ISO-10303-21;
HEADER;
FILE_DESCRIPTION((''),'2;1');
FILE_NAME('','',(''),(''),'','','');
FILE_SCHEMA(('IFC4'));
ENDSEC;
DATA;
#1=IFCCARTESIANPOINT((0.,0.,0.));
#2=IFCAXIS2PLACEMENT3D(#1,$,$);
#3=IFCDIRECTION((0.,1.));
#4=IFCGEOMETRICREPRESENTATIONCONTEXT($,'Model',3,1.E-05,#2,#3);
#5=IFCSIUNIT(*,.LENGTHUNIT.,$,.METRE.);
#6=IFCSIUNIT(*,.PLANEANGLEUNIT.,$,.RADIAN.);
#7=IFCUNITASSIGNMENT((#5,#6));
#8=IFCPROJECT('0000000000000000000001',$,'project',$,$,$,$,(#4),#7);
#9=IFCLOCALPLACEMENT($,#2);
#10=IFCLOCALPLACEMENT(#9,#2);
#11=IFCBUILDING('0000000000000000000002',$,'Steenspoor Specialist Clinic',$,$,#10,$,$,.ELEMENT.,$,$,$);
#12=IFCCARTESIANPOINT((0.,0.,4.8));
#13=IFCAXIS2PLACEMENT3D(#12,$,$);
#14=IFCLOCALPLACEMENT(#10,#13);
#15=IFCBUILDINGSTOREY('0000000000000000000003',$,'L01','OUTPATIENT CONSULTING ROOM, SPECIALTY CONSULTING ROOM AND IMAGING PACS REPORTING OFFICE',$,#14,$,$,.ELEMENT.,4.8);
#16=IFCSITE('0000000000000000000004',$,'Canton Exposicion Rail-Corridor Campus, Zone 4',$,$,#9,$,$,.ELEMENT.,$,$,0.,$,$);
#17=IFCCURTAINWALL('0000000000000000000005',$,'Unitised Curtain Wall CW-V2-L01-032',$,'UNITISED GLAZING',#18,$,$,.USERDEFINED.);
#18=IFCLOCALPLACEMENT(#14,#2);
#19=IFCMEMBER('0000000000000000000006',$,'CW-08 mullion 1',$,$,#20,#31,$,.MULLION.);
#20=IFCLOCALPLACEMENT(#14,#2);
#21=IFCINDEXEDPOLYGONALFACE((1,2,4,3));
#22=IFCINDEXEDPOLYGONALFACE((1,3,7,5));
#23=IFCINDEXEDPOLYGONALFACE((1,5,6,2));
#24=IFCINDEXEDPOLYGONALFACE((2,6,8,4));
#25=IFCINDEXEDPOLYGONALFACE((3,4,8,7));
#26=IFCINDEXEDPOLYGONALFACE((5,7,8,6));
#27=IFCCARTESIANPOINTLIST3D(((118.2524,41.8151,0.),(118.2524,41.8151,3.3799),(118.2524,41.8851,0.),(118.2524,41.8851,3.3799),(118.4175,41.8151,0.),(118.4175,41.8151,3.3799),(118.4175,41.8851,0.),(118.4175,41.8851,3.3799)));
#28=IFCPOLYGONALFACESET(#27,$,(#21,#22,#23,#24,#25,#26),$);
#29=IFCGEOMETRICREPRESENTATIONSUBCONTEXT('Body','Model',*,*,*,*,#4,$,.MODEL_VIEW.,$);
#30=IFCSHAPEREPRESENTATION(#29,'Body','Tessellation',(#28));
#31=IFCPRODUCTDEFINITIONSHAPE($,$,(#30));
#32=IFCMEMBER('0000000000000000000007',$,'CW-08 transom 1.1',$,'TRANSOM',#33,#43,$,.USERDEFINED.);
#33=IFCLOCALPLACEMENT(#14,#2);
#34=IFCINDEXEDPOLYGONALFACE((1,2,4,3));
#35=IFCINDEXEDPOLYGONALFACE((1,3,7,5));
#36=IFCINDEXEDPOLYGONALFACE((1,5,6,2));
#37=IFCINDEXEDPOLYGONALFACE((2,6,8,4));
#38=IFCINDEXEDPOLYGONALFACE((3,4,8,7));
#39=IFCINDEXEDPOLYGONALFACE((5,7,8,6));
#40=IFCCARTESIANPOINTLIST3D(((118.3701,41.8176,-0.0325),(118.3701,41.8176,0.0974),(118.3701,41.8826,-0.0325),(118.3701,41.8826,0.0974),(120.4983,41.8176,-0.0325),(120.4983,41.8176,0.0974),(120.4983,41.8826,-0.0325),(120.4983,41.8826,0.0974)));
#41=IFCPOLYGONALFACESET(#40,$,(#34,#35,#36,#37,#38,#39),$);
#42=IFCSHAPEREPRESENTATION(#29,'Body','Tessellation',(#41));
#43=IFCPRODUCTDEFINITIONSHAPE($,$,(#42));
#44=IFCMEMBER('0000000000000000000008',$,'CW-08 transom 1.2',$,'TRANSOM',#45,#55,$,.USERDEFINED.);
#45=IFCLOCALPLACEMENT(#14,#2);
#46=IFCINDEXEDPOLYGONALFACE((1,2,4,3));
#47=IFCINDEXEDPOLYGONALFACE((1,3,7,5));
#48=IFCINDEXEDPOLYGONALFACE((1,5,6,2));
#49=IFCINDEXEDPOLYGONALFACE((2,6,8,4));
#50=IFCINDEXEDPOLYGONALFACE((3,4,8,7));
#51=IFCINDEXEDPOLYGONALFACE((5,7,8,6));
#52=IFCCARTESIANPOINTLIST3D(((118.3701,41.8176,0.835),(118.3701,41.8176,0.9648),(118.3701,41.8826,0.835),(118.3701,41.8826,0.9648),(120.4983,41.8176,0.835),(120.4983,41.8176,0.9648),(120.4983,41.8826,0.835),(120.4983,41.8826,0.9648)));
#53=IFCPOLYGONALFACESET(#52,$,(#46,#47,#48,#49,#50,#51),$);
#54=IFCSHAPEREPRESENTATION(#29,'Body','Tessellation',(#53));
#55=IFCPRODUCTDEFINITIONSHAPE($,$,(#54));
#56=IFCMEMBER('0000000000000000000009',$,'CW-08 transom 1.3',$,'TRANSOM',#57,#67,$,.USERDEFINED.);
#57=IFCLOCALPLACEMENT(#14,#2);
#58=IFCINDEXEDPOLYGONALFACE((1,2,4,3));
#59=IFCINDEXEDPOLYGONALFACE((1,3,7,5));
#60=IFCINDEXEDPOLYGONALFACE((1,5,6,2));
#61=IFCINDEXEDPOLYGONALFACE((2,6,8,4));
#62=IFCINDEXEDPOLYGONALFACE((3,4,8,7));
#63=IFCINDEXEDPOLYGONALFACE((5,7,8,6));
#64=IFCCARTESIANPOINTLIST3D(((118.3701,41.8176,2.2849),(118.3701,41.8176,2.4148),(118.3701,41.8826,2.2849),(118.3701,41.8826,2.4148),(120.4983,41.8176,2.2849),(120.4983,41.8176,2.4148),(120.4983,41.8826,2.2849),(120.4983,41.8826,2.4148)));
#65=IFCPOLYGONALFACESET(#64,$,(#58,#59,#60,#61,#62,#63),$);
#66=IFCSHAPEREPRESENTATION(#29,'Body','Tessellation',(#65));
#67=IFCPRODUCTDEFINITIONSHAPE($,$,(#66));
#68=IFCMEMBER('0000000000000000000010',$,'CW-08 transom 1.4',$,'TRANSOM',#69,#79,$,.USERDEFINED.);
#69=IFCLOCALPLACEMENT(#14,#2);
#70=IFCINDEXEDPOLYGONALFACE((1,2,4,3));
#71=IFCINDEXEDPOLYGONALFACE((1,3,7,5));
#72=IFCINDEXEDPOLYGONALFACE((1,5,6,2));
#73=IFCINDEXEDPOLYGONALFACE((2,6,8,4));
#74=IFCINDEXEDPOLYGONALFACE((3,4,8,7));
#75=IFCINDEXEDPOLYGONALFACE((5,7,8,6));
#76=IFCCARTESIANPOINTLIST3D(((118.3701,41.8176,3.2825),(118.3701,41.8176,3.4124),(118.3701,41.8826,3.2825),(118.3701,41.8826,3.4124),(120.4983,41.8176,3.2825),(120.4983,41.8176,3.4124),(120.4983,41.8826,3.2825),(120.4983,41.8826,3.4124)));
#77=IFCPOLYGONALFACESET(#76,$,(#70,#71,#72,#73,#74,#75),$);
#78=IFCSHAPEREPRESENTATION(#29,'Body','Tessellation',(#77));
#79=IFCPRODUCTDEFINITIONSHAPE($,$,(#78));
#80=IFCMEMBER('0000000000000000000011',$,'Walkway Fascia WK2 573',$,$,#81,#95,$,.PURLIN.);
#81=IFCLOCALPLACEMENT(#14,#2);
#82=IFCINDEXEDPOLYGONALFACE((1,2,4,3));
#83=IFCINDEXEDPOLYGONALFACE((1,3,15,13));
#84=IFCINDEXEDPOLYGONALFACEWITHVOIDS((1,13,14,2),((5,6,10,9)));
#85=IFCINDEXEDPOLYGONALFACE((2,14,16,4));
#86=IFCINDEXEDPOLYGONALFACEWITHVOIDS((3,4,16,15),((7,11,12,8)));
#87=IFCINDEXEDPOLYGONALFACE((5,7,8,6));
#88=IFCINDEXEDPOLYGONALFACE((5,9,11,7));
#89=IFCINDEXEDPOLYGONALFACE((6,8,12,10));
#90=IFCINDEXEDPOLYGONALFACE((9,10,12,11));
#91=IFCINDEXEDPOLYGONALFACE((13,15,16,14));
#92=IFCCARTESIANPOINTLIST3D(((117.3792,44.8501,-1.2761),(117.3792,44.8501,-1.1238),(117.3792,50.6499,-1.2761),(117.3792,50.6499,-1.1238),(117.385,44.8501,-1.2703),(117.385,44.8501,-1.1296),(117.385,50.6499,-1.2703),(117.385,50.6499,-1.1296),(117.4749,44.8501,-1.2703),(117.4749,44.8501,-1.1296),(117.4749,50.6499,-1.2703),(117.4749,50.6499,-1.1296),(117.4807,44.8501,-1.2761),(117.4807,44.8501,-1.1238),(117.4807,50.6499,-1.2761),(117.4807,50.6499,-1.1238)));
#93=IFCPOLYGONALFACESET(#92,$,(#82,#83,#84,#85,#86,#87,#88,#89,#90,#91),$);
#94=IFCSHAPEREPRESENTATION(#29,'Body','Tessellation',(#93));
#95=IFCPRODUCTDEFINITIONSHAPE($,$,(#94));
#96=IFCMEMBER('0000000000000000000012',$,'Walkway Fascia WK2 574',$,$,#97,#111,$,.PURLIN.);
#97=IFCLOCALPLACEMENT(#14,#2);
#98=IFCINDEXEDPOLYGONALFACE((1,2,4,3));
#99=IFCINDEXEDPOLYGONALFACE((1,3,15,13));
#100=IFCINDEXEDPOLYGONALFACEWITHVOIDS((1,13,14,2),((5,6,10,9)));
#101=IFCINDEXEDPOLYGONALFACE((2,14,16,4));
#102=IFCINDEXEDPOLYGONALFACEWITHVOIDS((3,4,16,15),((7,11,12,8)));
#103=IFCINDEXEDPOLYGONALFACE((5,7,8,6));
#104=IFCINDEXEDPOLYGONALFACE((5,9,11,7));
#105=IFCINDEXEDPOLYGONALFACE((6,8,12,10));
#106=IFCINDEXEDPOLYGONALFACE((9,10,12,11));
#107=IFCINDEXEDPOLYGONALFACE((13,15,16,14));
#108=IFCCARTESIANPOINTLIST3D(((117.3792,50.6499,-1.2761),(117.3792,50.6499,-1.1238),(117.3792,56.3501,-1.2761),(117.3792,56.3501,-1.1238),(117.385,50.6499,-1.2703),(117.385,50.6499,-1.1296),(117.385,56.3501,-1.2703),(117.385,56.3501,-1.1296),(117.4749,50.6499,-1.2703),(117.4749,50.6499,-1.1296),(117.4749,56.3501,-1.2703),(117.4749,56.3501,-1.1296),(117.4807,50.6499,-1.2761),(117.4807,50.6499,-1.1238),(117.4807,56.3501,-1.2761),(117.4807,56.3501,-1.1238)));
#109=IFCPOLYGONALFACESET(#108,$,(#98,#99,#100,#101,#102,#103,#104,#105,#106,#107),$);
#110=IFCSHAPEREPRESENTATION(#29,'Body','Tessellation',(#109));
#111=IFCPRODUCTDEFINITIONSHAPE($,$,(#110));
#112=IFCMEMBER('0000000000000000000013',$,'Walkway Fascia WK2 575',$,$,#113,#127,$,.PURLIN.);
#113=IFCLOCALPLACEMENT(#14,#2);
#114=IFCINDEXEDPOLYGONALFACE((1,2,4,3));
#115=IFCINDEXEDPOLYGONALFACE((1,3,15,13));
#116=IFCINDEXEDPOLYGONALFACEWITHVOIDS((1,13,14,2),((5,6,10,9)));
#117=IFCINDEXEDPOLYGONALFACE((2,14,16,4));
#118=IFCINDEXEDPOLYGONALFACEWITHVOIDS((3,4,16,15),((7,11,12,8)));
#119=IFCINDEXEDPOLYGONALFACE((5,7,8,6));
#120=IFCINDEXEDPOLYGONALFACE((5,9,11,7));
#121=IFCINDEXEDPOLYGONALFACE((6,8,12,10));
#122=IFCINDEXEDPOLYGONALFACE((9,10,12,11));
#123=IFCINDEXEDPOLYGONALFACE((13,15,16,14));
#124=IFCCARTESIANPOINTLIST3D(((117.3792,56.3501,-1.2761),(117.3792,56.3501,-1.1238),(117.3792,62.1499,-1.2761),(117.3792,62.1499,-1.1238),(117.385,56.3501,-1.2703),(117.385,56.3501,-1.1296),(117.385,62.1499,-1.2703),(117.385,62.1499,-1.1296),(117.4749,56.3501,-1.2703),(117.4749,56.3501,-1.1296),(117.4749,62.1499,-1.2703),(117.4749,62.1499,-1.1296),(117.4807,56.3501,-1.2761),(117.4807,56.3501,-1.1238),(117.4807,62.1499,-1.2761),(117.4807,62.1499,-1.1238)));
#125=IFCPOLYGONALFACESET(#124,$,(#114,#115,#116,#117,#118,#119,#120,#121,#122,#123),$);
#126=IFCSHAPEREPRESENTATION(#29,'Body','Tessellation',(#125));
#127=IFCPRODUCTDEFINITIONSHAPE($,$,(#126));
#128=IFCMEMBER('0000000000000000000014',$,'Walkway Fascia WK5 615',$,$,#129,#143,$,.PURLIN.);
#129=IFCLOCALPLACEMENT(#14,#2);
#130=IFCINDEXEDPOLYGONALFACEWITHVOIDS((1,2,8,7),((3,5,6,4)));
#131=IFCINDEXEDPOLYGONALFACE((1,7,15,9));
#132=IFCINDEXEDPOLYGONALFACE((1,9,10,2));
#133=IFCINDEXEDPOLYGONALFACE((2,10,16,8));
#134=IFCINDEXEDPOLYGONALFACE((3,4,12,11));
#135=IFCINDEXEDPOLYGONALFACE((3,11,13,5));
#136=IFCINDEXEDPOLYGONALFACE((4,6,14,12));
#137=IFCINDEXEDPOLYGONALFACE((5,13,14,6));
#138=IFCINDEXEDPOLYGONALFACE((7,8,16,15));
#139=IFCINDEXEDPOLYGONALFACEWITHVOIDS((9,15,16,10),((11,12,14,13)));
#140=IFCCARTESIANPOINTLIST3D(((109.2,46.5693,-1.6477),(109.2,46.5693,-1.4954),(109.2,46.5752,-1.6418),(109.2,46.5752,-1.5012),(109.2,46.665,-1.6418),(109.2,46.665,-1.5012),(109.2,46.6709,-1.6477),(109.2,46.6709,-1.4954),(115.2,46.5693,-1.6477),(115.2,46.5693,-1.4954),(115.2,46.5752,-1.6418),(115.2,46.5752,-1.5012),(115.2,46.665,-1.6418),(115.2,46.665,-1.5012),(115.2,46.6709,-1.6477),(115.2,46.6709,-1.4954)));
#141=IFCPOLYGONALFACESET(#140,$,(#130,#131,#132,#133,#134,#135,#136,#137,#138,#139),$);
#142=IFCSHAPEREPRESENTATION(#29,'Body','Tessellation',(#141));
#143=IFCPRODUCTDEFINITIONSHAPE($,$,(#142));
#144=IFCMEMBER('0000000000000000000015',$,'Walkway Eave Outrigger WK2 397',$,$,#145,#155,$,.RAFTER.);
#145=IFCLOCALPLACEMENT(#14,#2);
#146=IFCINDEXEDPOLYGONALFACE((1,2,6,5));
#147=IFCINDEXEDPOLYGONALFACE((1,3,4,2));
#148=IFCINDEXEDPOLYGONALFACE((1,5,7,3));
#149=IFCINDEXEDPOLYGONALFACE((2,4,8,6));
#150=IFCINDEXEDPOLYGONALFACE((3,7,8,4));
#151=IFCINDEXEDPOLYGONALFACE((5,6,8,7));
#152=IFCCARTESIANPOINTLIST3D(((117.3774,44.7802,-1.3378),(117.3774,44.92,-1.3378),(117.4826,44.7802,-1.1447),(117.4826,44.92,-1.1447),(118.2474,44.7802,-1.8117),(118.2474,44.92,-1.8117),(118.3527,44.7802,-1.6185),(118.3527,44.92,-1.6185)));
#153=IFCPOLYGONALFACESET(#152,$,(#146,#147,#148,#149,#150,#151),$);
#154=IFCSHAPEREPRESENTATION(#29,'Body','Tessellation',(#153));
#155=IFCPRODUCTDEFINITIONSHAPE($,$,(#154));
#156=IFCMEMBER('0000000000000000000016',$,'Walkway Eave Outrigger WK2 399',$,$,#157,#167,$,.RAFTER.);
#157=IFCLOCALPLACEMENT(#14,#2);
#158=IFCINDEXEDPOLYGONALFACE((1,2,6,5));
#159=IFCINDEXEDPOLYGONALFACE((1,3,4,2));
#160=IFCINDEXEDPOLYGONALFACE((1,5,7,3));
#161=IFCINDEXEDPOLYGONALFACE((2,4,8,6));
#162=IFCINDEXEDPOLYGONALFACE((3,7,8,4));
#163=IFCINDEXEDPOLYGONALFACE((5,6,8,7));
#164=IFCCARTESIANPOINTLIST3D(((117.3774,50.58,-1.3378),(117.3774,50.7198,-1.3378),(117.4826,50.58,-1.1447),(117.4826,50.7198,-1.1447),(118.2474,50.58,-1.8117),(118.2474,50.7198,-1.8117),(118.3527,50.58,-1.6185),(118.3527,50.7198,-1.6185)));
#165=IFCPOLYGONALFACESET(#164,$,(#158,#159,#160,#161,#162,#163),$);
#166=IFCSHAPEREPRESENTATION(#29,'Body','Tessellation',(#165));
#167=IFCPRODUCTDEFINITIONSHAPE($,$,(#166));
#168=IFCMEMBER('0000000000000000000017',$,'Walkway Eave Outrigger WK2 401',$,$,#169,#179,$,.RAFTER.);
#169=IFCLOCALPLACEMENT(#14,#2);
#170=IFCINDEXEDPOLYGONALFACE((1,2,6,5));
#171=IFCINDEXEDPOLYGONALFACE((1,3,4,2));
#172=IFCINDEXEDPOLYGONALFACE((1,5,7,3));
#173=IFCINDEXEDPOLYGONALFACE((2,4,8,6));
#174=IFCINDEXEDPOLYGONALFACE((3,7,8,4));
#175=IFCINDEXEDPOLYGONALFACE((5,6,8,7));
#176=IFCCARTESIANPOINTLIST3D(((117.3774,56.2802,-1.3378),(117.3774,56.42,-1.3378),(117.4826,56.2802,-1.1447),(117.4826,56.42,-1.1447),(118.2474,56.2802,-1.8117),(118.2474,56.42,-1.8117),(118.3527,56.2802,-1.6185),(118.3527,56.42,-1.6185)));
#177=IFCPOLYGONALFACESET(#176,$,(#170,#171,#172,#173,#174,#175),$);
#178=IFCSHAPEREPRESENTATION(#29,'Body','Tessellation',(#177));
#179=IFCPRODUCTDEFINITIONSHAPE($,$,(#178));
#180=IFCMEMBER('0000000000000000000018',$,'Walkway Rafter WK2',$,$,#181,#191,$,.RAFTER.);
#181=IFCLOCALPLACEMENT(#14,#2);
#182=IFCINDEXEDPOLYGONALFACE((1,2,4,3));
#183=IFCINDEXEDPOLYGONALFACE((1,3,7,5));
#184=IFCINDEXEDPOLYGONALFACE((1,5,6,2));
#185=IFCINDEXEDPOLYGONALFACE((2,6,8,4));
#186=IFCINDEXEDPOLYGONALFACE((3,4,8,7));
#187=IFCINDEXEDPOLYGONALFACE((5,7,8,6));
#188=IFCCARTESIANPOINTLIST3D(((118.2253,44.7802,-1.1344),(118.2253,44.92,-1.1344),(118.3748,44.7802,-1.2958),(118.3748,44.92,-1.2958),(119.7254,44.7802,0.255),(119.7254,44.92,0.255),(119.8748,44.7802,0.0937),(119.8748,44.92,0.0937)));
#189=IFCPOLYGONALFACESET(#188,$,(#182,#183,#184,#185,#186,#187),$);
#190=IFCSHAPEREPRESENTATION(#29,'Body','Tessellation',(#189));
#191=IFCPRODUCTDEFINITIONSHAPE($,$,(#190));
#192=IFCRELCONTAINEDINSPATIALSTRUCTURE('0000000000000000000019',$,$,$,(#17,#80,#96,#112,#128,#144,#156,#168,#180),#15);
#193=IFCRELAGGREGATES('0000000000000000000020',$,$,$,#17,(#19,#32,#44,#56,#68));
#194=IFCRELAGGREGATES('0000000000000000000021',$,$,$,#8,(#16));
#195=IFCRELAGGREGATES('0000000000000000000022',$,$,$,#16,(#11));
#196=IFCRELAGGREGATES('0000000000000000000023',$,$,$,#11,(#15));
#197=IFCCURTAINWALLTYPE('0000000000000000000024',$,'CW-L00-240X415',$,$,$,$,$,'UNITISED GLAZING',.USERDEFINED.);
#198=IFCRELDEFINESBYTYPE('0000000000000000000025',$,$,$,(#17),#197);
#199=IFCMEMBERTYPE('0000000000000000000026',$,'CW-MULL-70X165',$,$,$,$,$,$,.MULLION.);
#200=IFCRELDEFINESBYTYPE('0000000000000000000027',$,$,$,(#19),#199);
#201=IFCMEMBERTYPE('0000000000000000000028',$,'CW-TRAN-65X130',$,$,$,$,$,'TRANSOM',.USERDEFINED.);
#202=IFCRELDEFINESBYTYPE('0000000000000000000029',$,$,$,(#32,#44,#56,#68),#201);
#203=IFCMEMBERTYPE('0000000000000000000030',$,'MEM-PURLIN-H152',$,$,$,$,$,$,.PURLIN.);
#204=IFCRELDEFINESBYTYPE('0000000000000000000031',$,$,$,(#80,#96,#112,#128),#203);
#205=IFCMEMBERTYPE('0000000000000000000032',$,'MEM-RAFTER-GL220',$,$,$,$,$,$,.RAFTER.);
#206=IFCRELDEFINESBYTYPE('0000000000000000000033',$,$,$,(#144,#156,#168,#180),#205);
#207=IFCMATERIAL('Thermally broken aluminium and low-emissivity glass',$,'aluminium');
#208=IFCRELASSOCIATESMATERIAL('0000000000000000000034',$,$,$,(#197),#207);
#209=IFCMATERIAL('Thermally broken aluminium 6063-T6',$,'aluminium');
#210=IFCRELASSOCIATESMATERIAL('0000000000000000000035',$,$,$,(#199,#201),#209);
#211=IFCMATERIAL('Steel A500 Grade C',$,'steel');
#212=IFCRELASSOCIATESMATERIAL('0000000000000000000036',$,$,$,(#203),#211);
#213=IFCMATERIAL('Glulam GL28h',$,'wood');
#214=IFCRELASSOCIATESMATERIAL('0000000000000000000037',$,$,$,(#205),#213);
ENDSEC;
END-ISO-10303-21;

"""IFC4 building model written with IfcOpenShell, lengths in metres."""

from ifc_helpers import new_model, si_unit, direction, frame, origin, origin_2d, place, context, subcontext, project, spatial, rectangle, hollow_rectangle, extrude, material, material_profile, profile_set, type_object, element, aggregate, save


model = new_model("IFC4")

# Units and contexts
model_context = context("Model", 3, precision=1e-05, world=origin(), true_north=direction((0.0, 1.0)))
body_context = subcontext(model_context, "Body", "Model", "MODEL_VIEW")
ifc_project = project(units=[si_unit("LENGTHUNIT", "METRE"), si_unit("PLANEANGLEUNIT", "RADIAN")], contexts=[model_context])

# Site, building, storey
site_placement = place(None, origin())
site = spatial("IfcSite", under=ifc_project, at=site_placement, Name="Canton Exposicion Rail-Corridor Campus, Zone 4", CompositionType="ELEMENT", RefElevation=0.0)
building_placement = place(site_placement, origin())
building = spatial("IfcBuilding", under=site, at=building_placement, Name="Steenspoor Specialist Clinic", CompositionType="ELEMENT")
storey_placement = place(building_placement, frame((0.0, 0.0, 4.8)))
storey = spatial("IfcBuildingStorey", under=building, at=storey_placement, Name="L01", Description="OUTPATIENT CONSULTING ROOM, SPECIALTY CONSULTING ROOM AND IMAGING PACS REPORTING OFFICE", CompositionType="ELEMENT", Elevation=4.8)

# Curtain wall, members
ifc_material_1 = material(Name="Thermally broken aluminium and low-emissivity glass", Category="aluminium")
curtain_wall_type = type_object("IfcCurtainWallType", Name="CW-L00-240X415", ElementType="UNITISED GLAZING", PredefinedType="USERDEFINED", material=ifc_material_1)
curtain_wall_placement = place(storey_placement, origin())
curtain_wall = element("IfcCurtainWall", 1, at=curtain_wall_placement, inside=storey, type_object=curtain_wall_type, Name="Unitised Curtain Wall CW-V2-L01-032", ObjectType="UNITISED GLAZING", PredefinedType="USERDEFINED")
ifc_material_2 = material(Name="Thermally broken aluminium 6063-T6", Category="aluminium")
ifc_material_profile_1 = material_profile(ifc_material_2, rectangle(XDim=0.0701, YDim=0.165, at=origin_2d()), Name="CWM-70X165")
ifc_profile_set_1 = profile_set([ifc_material_profile_1], Name="Thermally broken aluminium 6063-T6")
member_type_1 = type_object("IfcMemberType", Name="CW-MULL-70X165", PredefinedType="MULLION", material=ifc_profile_set_1)
member_1_placement = place(storey_placement, frame((118.335, 41.8501, 0.0), z_axis=(0.0, 0.0, 1.0), x_axis=(0.0, 1.0, 0.0)))
member_1 = element("IfcMember", 2, at=member_1_placement, type_object=member_type_1, Name="CW-08 mullion 1", PredefinedType="MULLION", context=body_context, shape_type="SweptSolid", body=[
    extrude(rectangle(XDim=0.0701, YDim=0.165, at=origin_2d()), origin(), (0.0, 0.0, 1.0), 3.3799),
])
ifc_material_profile_2 = material_profile(ifc_material_2, rectangle(XDim=0.0649, YDim=0.1299, at=origin_2d()), Name="CWT-65X130")
ifc_profile_set_2 = profile_set([ifc_material_profile_2], Name="Thermally broken aluminium 6063-T6")
member_type_2 = type_object("IfcMemberType", Name="CW-TRAN-65X130", ElementType="TRANSOM", PredefinedType="USERDEFINED", material=ifc_profile_set_2)
member_2_placement = place(storey_placement, frame((118.3701, 41.8501, 0.0325), z_axis=(1.0, 0.0, 0.0), x_axis=(0.0, 1.0, 0.0)))
member_2 = element("IfcMember", 3, at=member_2_placement, type_object=member_type_2, Name="CW-08 transom 1.1", ObjectType="TRANSOM", PredefinedType="USERDEFINED", context=body_context, shape_type="SweptSolid", body=[
    extrude(rectangle(XDim=0.0649, YDim=0.1299, at=origin_2d()), origin(), (0.0, 0.0, 1.0), 2.1282),
])
member_3_placement = place(storey_placement, frame((118.3701, 41.8501, 0.8999), z_axis=(1.0, 0.0, 0.0), x_axis=(0.0, 1.0, 0.0)))
member_3 = element("IfcMember", 4, at=member_3_placement, type_object=member_type_2, Name="CW-08 transom 1.2", ObjectType="TRANSOM", PredefinedType="USERDEFINED", context=body_context, shape_type="SweptSolid", body=[
    extrude(rectangle(XDim=0.0649, YDim=0.1299, at=origin_2d()), origin(), (0.0, 0.0, 1.0), 2.1282),
])
member_4_placement = place(storey_placement, frame((118.3701, 41.8501, 2.3499), z_axis=(1.0, 0.0, 0.0), x_axis=(0.0, 1.0, 0.0)))
member_4 = element("IfcMember", 5, at=member_4_placement, type_object=member_type_2, Name="CW-08 transom 1.3", ObjectType="TRANSOM", PredefinedType="USERDEFINED", context=body_context, shape_type="SweptSolid", body=[
    extrude(rectangle(XDim=0.0649, YDim=0.1299, at=origin_2d()), origin(), (0.0, 0.0, 1.0), 2.1282),
])
member_5_placement = place(storey_placement, frame((118.3701, 41.8501, 3.3474), z_axis=(1.0, 0.0, 0.0), x_axis=(0.0, 1.0, 0.0)))
member_5 = element("IfcMember", 6, at=member_5_placement, type_object=member_type_2, Name="CW-08 transom 1.4", ObjectType="TRANSOM", PredefinedType="USERDEFINED", context=body_context, shape_type="SweptSolid", body=[
    extrude(rectangle(XDim=0.0649, YDim=0.1299, at=origin_2d()), origin(), (0.0, 0.0, 1.0), 2.1282),
])
aggregate(curtain_wall, [member_1, member_2, member_3, member_4, member_5])

# Members
ifc_material_3 = material(Name="Steel A500 Grade C", Category="steel")
ifc_material_profile_3 = material_profile(ifc_material_3, hollow_rectangle(XDim=0.1016, YDim=0.1523, WallThickness=0.0059, at=origin_2d()), Name="HSS152X102X6.4")
ifc_profile_set_3 = profile_set([ifc_material_profile_3], Name="Steel A500 Grade C")
member_type_3 = type_object("IfcMemberType", Name="MEM-PURLIN-H152", PredefinedType="PURLIN", material=ifc_profile_set_3)
member_6_placement = place(storey_placement, frame((117.4299, 44.8501, -1.2), z_axis=(0.0, 1.0, 0.0), x_axis=(-1.0, 0.0, 0.0)))
element("IfcMember", 7, at=member_6_placement, inside=storey, type_object=member_type_3, Name="Walkway Fascia WK2 573", PredefinedType="PURLIN", context=body_context, shape_type="SweptSolid", body=[
    extrude(hollow_rectangle(XDim=0.1016, YDim=0.1523, WallThickness=0.0059, at=origin_2d()), origin(), (0.0, 0.0, 1.0), 5.7998),
])
member_7_placement = place(storey_placement, frame((117.4299, 50.6499, -1.2), z_axis=(0.0, 1.0, 0.0), x_axis=(-1.0, 0.0, 0.0)))
element("IfcMember", 8, at=member_7_placement, inside=storey, type_object=member_type_3, Name="Walkway Fascia WK2 574", PredefinedType="PURLIN", context=body_context, shape_type="SweptSolid", body=[
    extrude(hollow_rectangle(XDim=0.1016, YDim=0.1523, WallThickness=0.0059, at=origin_2d()), origin(), (0.0, 0.0, 1.0), 5.7002),
])
member_8_placement = place(storey_placement, frame((117.4299, 56.3501, -1.2), z_axis=(0.0, 1.0, 0.0), x_axis=(-1.0, 0.0, 0.0)))
element("IfcMember", 9, at=member_8_placement, inside=storey, type_object=member_type_3, Name="Walkway Fascia WK2 575", PredefinedType="PURLIN", context=body_context, shape_type="SweptSolid", body=[
    extrude(hollow_rectangle(XDim=0.1016, YDim=0.1523, WallThickness=0.0059, at=origin_2d()), origin(), (0.0, 0.0, 1.0), 5.7998),
])
member_9_placement = place(storey_placement, frame((109.2, 46.6201, -1.5715), z_axis=(1.0, 0.0, 0.0), x_axis=(0.0, 1.0, 0.0)))
element("IfcMember", 10, at=member_9_placement, inside=storey, type_object=member_type_3, Name="Walkway Fascia WK5 615", PredefinedType="PURLIN", context=body_context, shape_type="SweptSolid", body=[
    extrude(hollow_rectangle(XDim=0.1016, YDim=0.1523, WallThickness=0.0059, at=origin_2d()), origin(), (0.0, 0.0, 1.0), 6.0),
])
ifc_material_4 = material(Name="Glulam GL28h", Category="wood")
ifc_material_profile_4 = material_profile(ifc_material_4, rectangle(XDim=0.1399, YDim=0.22, at=origin_2d()), Name="GL28H-140X220")
ifc_profile_set_4 = profile_set([ifc_material_profile_4], Name="Glulam GL28h")
member_type_4 = type_object("IfcMemberType", Name="MEM-RAFTER-GL220", PredefinedType="RAFTER", material=ifc_profile_set_4)
for number, where, z_axis, x_axis, name in (
    (11, (118.3, 44.8501, -1.7151), (-0.878206, 0.0, 0.478282), (0.0, -1.0, 0.0), "Walkway Eave Outrigger WK2 397"),
    (12, (118.3, 50.6499, -1.7151), (-0.878206, 0.0, 0.478282), (0.0, -1.0, 0.0), "Walkway Eave Outrigger WK2 399"),
    (13, (118.3, 56.3501, -1.7151), (-0.878206, 0.0, 0.478282), (0.0, -1.0, 0.0), "Walkway Eave Outrigger WK2 401"),
):
    element("IfcMember", number, at=place(storey_placement, frame(where, z_axis=z_axis, x_axis=x_axis)), inside=storey, type_object=member_type_4, Name=name, PredefinedType="RAFTER", context=body_context, shape_type="SweptSolid", body=[
        extrude(rectangle(XDim=0.1399, YDim=0.22, at=origin_2d()), origin(), (0.0, 0.0, 1.0), 0.9907),
    ])
member_10_placement = place(storey_placement, frame((118.3, 44.8501, -1.2151), z_axis=(0.733635, 0.0, 0.679544), x_axis=(0.0, 1.0, 0.0)))
element("IfcMember", 14, at=member_10_placement, inside=storey, type_object=member_type_4, Name="Walkway Rafter WK2", PredefinedType="RAFTER", context=body_context, shape_type="SweptSolid", body=[
    extrude(rectangle(XDim=0.1399, YDim=0.22, at=origin_2d()), origin(), (0.0, 0.0, 1.0), 2.0447),
])

save(model, "model.ifc")
